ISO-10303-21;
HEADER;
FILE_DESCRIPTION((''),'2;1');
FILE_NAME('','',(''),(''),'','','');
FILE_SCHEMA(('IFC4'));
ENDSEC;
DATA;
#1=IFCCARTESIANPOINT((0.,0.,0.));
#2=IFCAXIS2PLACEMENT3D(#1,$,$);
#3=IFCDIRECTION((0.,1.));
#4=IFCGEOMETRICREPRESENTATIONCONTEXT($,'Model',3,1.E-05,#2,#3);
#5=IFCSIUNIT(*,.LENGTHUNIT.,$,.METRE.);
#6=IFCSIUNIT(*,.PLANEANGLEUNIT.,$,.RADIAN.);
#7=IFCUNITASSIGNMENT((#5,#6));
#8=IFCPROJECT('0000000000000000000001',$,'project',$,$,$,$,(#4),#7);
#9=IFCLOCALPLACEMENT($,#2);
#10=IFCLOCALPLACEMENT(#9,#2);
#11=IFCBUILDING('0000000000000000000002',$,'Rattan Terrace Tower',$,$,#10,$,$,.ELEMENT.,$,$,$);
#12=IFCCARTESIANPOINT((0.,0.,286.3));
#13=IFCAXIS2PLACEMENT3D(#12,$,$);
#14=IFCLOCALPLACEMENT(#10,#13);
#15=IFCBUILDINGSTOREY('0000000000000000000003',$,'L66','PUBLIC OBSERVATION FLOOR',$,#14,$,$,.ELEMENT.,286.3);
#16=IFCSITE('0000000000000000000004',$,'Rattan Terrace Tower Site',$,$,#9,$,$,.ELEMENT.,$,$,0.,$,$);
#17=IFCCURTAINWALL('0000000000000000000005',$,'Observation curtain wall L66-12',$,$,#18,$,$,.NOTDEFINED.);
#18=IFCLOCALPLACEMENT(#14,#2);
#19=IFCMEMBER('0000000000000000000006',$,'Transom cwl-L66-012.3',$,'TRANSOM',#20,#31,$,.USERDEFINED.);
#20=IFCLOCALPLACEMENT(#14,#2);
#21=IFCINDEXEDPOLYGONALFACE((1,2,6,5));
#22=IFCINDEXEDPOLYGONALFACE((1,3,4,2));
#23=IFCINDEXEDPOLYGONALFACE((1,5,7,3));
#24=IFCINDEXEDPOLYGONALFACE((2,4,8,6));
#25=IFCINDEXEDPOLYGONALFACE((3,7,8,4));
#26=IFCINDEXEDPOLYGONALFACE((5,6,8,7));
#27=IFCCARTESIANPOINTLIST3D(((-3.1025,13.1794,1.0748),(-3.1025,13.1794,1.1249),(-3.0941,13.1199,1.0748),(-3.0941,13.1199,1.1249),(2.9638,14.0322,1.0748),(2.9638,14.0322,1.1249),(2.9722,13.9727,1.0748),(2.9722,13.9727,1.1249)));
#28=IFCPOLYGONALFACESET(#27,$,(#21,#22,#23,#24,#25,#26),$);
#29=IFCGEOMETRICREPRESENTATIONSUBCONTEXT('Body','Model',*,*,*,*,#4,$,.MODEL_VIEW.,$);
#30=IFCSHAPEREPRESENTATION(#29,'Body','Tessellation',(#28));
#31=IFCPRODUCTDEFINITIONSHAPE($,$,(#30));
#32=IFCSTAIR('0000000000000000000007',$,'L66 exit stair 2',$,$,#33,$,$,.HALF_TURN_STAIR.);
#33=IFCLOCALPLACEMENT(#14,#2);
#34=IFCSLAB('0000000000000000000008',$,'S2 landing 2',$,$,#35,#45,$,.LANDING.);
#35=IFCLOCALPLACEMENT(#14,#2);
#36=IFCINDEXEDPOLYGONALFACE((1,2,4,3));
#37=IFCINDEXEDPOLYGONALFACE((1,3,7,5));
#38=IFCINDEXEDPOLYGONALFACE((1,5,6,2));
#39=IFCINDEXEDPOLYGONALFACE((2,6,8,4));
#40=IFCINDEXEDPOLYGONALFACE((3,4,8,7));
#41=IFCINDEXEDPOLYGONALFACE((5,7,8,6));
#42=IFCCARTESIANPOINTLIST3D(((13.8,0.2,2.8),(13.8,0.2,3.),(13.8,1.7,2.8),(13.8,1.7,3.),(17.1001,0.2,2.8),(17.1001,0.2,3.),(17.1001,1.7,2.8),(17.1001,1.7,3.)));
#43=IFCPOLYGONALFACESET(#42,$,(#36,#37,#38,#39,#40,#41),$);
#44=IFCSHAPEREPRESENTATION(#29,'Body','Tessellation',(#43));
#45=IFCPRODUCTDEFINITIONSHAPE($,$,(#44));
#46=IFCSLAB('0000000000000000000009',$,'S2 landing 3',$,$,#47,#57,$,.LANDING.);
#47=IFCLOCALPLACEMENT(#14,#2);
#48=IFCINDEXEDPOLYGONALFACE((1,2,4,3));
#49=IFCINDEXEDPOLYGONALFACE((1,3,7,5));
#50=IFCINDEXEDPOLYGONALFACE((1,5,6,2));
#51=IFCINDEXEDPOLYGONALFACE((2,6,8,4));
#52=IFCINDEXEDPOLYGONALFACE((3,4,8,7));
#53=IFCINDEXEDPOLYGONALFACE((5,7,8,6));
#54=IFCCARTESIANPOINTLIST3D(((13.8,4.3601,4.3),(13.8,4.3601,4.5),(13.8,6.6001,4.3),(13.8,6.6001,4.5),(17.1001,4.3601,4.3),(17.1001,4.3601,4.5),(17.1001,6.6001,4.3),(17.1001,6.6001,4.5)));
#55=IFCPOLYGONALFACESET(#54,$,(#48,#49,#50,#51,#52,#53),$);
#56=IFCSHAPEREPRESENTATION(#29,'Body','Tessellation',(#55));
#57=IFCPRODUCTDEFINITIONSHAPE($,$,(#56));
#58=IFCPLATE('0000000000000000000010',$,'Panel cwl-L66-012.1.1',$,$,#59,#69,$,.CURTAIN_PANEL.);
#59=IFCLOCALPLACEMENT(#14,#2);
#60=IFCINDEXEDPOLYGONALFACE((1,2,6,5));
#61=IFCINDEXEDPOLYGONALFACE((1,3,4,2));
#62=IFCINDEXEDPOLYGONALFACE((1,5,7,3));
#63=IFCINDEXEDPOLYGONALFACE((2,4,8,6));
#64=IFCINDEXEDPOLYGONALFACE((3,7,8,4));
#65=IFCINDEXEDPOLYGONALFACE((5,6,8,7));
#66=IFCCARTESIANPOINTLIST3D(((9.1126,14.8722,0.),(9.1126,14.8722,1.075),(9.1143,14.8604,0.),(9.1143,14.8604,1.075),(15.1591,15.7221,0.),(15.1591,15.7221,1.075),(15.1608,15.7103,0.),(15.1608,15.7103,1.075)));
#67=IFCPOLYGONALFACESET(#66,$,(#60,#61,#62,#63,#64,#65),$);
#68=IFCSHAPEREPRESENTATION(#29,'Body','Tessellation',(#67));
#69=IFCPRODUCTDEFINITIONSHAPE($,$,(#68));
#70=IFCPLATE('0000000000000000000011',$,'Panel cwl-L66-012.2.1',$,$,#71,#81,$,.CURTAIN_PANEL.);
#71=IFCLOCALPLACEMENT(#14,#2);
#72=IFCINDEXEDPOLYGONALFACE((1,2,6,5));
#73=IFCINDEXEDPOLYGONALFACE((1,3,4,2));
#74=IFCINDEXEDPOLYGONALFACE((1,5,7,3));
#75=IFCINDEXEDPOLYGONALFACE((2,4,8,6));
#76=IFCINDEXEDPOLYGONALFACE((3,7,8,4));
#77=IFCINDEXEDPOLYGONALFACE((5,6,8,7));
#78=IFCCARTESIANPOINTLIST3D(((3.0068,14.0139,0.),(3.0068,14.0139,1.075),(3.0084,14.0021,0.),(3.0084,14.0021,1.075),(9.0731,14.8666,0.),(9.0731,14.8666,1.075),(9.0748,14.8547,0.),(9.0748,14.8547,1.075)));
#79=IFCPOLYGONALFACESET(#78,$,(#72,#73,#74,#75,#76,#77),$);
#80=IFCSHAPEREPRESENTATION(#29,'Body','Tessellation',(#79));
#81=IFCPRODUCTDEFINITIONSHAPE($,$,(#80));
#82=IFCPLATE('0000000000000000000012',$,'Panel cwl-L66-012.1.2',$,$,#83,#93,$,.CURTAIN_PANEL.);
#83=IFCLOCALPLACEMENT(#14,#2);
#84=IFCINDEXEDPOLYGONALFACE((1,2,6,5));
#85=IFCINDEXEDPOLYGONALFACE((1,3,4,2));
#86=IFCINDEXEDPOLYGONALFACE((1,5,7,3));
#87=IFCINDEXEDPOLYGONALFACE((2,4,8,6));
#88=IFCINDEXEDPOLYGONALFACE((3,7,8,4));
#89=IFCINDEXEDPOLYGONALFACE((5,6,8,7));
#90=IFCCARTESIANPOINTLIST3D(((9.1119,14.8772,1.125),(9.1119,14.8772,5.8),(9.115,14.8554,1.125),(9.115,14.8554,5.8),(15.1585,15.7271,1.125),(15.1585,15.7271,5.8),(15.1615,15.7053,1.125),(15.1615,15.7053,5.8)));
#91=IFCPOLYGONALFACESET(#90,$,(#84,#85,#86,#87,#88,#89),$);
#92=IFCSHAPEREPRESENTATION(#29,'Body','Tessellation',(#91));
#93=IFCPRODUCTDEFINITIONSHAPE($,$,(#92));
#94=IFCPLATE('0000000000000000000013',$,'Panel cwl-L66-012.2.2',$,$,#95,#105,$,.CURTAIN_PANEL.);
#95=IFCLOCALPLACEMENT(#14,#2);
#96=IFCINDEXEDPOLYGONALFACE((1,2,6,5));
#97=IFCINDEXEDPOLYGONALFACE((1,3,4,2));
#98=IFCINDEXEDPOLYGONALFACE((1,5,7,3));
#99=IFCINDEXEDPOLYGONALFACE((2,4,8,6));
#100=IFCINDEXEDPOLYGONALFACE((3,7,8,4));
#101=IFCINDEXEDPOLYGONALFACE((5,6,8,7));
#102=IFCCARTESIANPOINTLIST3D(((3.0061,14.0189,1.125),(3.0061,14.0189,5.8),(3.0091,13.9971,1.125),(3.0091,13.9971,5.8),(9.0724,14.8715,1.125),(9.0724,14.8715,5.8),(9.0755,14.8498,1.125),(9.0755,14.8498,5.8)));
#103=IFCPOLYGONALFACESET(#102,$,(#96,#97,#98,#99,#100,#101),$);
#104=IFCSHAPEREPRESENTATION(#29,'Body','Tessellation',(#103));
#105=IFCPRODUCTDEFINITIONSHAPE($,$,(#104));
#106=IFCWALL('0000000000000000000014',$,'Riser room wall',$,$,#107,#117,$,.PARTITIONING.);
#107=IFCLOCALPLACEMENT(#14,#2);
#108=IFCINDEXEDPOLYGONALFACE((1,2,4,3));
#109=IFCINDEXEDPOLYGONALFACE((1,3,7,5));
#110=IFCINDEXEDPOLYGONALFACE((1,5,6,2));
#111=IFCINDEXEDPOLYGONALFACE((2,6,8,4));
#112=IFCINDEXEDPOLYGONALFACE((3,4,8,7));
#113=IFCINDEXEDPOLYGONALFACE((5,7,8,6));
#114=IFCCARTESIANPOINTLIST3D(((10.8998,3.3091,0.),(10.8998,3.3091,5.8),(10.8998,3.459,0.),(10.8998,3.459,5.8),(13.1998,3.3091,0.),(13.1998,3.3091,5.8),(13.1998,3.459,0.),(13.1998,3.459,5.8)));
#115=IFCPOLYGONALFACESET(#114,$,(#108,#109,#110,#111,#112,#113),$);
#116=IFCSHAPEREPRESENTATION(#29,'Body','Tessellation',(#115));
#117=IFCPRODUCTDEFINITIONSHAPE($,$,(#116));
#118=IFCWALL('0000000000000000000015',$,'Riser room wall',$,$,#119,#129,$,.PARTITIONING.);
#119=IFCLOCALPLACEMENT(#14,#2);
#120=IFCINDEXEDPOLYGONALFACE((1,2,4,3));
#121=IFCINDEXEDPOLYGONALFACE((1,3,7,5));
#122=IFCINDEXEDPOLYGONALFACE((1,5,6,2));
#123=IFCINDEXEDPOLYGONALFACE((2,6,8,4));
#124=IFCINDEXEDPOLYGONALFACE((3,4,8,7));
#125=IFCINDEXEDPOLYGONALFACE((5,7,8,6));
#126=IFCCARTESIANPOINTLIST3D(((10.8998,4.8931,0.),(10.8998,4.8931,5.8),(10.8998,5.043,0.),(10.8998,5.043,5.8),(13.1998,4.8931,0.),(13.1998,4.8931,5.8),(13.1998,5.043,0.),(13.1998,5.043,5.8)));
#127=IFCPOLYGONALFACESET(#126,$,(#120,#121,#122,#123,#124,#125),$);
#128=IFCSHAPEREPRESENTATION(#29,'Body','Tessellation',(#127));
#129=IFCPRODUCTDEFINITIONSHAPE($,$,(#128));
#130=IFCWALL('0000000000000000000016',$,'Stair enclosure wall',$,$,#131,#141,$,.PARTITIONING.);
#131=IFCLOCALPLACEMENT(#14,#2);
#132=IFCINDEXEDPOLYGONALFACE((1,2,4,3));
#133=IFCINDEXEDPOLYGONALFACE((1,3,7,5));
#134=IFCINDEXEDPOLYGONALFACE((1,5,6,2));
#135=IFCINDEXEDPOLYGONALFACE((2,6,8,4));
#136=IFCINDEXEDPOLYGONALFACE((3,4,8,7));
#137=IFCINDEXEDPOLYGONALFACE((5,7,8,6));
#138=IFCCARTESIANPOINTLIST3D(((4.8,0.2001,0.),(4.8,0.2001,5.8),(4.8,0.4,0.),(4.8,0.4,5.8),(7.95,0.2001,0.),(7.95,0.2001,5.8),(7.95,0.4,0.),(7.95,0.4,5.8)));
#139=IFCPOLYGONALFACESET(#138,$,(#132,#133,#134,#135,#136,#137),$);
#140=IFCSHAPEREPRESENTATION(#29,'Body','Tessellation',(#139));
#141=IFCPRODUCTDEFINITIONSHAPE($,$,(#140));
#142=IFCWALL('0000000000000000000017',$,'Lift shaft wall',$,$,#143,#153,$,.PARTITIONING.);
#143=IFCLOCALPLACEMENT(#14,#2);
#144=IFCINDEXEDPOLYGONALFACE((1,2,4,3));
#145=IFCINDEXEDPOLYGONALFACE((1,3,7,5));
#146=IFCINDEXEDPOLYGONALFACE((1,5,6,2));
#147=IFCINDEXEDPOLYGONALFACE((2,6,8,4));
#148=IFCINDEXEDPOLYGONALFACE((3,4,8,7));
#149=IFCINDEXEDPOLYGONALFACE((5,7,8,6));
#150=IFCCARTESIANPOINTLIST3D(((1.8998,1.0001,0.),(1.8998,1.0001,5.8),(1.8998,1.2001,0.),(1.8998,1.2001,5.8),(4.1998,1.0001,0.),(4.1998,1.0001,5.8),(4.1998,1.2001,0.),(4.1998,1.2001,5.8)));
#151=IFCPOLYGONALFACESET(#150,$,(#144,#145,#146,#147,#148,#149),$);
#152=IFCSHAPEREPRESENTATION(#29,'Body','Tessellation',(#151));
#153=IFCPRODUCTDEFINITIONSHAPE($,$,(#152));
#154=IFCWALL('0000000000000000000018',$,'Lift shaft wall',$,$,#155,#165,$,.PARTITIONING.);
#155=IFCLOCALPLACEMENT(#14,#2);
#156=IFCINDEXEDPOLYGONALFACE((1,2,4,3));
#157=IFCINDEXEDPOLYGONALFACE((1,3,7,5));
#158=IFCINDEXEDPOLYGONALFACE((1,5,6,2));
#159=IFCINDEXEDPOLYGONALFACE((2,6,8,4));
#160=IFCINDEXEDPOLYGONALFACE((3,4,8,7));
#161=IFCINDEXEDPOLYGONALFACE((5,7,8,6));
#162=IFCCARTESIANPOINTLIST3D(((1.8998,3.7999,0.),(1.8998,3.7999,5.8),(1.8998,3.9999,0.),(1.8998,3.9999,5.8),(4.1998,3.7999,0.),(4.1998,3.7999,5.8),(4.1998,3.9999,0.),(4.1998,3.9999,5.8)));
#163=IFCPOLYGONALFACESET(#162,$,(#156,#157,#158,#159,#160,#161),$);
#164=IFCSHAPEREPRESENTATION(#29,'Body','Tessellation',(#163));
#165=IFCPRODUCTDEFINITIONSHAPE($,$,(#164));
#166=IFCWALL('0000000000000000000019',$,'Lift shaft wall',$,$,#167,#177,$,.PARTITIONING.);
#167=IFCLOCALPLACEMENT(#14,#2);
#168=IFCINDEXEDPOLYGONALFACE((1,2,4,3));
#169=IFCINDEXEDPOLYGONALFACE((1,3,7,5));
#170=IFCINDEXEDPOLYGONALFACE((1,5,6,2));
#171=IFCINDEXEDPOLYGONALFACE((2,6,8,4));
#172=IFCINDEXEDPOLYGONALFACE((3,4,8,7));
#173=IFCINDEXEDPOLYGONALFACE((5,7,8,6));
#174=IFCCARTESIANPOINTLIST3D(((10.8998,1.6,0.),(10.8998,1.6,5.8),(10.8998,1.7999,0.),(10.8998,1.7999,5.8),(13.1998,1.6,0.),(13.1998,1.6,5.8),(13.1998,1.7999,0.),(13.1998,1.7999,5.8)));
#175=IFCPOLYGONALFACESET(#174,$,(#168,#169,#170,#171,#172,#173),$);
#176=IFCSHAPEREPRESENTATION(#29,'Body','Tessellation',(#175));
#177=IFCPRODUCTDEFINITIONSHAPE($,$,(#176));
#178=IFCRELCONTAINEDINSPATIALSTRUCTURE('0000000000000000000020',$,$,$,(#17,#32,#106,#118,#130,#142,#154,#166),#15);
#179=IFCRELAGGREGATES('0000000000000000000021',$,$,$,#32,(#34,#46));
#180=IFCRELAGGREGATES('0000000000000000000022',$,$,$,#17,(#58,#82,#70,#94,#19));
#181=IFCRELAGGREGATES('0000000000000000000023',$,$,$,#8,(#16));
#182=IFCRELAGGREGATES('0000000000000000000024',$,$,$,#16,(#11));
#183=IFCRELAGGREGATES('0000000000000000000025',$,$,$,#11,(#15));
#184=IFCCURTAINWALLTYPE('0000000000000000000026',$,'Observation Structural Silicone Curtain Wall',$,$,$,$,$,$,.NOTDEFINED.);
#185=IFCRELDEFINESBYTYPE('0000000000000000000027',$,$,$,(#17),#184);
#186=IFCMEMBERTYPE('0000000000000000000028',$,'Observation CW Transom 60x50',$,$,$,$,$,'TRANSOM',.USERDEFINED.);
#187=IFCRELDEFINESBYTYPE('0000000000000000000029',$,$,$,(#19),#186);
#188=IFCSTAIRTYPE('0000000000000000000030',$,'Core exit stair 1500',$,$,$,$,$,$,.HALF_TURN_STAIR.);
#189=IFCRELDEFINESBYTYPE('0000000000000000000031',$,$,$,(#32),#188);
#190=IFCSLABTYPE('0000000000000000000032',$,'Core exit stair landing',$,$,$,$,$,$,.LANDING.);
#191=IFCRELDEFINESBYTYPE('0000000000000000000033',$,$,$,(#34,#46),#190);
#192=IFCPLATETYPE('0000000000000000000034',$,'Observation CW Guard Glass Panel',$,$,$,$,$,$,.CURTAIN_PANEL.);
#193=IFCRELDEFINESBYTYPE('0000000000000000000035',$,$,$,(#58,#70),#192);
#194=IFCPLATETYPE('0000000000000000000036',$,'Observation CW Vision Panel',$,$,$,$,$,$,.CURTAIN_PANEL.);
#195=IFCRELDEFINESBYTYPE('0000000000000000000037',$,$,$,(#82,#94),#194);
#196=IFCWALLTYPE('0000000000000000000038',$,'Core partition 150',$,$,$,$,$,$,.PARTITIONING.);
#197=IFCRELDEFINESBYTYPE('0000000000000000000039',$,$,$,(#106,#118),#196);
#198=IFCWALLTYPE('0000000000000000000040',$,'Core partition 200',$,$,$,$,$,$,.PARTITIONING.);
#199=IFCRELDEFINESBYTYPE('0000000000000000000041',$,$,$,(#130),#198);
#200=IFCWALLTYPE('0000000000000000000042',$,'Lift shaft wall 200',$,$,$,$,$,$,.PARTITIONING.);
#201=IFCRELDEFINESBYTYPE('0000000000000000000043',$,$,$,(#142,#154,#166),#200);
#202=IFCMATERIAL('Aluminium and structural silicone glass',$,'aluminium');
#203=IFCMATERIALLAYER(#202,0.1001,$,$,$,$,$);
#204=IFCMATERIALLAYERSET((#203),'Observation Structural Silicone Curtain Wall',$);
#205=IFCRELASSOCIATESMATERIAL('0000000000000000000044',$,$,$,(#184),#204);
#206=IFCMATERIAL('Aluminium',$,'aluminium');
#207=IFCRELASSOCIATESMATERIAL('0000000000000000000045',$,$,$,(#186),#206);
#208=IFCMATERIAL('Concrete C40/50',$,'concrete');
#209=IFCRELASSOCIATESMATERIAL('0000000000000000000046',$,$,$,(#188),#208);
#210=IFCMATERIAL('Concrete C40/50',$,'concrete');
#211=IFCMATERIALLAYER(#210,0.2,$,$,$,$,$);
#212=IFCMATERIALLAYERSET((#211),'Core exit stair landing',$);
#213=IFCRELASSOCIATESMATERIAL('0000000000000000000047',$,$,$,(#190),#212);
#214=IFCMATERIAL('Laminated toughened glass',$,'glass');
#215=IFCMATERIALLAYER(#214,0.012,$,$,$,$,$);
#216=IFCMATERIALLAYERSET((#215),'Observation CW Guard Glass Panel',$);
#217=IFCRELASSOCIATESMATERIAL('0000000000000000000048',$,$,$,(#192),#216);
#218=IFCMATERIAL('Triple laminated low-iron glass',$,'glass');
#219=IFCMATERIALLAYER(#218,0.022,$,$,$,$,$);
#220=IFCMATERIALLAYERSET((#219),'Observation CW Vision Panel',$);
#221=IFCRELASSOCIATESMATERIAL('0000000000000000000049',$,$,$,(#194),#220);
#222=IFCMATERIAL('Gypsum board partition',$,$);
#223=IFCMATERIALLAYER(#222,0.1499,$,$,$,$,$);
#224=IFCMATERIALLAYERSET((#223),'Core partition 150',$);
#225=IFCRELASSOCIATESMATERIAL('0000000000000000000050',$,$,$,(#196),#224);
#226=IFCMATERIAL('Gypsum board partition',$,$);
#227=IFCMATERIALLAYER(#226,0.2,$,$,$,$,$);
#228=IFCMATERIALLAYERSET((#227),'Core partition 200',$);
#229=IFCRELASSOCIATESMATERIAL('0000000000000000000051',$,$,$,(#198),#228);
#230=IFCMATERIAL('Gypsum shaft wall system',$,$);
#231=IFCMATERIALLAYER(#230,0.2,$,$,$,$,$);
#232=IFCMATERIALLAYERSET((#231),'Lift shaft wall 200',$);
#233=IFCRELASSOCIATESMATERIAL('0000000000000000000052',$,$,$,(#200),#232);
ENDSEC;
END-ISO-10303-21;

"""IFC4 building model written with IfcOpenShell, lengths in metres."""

from ifc_helpers import new_model, si_unit, direction, frame, frame_2d, origin, origin_2d, place, context, subcontext, project, spatial, polyline, rectangle, outline, extrude, material, layer, layer_set, material_profile, profile_set, type_object, element, aggregate, save


model = new_model("IFC4")

# Units and contexts
model_context = context("Model", 3, precision=1e-05, world=origin(), true_north=direction((0.0, 1.0)))
body_context = subcontext(model_context, "Body", "Model", "MODEL_VIEW")
ifc_project = project(units=[si_unit("LENGTHUNIT", "METRE"), si_unit("PLANEANGLEUNIT", "RADIAN")], contexts=[model_context])

# Site, building, storey
site_placement = place(None, origin())
site = spatial("IfcSite", under=ifc_project, at=site_placement, Name="Rattan Terrace Tower Site", CompositionType="ELEMENT", RefElevation=0.0)
building_placement = place(site_placement, origin())
building = spatial("IfcBuilding", under=site, at=building_placement, Name="Rattan Terrace Tower", CompositionType="ELEMENT")
storey_placement = place(building_placement, frame((0.0, 0.0, 286.3)))
storey = spatial("IfcBuildingStorey", under=building, at=storey_placement, Name="L66", Description="PUBLIC OBSERVATION FLOOR", CompositionType="ELEMENT", Elevation=286.3)

# Curtain wall, member
ifc_material_1 = material(Name="Aluminium and structural silicone glass", Category="aluminium")
ifc_layer_1 = layer(ifc_material_1, 0.1001)
ifc_layer_set_1 = layer_set([ifc_layer_1], Name="Observation Structural Silicone Curtain Wall")
curtain_wall_type = type_object("IfcCurtainWallType", Name="Observation Structural Silicone Curtain Wall", PredefinedType="NOTDEFINED", material=ifc_layer_set_1)
curtain_wall_placement = place(storey_placement, origin())
curtain_wall = element("IfcCurtainWall", 1, at=curtain_wall_placement, inside=storey, type_object=curtain_wall_type, Name="Observation curtain wall L66-12", PredefinedType="NOTDEFINED")
ifc_material_2 = material(Name="Aluminium", Category="aluminium")
ifc_material_profile_1 = material_profile(ifc_material_2, rectangle(XDim=0.0601, YDim=0.05, at=origin_2d()), Name="Aluminium 60x50")
ifc_profile_set_1 = profile_set([ifc_material_profile_1], Name="Aluminium")
member_type_1 = type_object("IfcMemberType", Name="Observation CW Transom 60x50", ElementType="TRANSOM", PredefinedType="USERDEFINED", material=ifc_profile_set_1)
member_1_placement = place(storey_placement, frame((2.968, 14.0024, 1.0999), z_axis=(-0.990263, -0.139206, 0.0), x_axis=(0.139206, -0.990263, 0.0)))
member_1 = element("IfcMember", 2, at=member_1_placement, type_object=member_type_1, Name="Transom cwl-L66-012.3", ObjectType="TRANSOM", PredefinedType="USERDEFINED", context=body_context, shape_type="SweptSolid", body=[
    extrude(rectangle(XDim=0.0601, YDim=0.05, at=origin_2d()), origin(), (0.0, 0.0, 1.0), 6.126),
])

# Stair, slabs
ifc_material_3 = material(Name="Concrete C40/50", Category="concrete")
stair_type = type_object("IfcStairType", Name="Core exit stair 1500", PredefinedType="HALF_TURN_STAIR", material=ifc_material_3)
stair_placement = place(storey_placement, origin())
stair = element("IfcStair", 3, at=stair_placement, inside=storey, type_object=stair_type, Name="L66 exit stair 2", PredefinedType="HALF_TURN_STAIR")
ifc_material_4 = material(Name="Concrete C40/50", Category="concrete")
ifc_layer_2 = layer(ifc_material_4, 0.2)
ifc_layer_set_2 = layer_set([ifc_layer_2], Name="Core exit stair landing")
slab_type = type_object("IfcSlabType", Name="Core exit stair landing", PredefinedType="LANDING", material=ifc_layer_set_2)
slab_1_placement = place(storey_placement, frame((0.0, 0.0, 2.8)))
slab_1 = element("IfcSlab", 4, at=slab_1_placement, type_object=slab_type, Name="S2 landing 2", PredefinedType="LANDING", context=body_context, shape_type="SweptSolid", body=[
    extrude(outline(polyline([(17.1001, 0.2), (17.1001, 1.7), (13.8, 1.7), (13.8, 0.2), (17.1001, 0.2)])), origin(), (0.0, 0.0, 1.0), 0.2),
])
slab_2_placement = place(storey_placement, frame((0.0, 0.0, 4.3)))
slab_2 = element("IfcSlab", 5, at=slab_2_placement, type_object=slab_type, Name="S2 landing 3", PredefinedType="LANDING", context=body_context, shape_type="SweptSolid", body=[
    extrude(outline(polyline([(17.1001, 4.3601), (17.1001, 6.6001), (13.8, 6.6001), (13.8, 4.3601), (17.1001, 4.3601)])), origin(), (0.0, 0.0, 1.0), 0.2),
])
aggregate(stair, [slab_1, slab_2])

# Plates
ifc_material_5 = material(Name="Laminated toughened glass", Category="glass")
ifc_layer_3 = layer(ifc_material_5, 0.012)
ifc_layer_set_3 = layer_set([ifc_layer_3], Name="Observation CW Guard Glass Panel")
plate_type_1 = type_object("IfcPlateType", Name="Observation CW Guard Glass Panel", PredefinedType="CURTAIN_PANEL", material=ifc_layer_set_3)
plate_1_placement = place(storey_placement, frame((12.1367, 15.2913, 0.0), z_axis=(0.0, 0.0, 1.0), x_axis=(-0.990266, -0.139189, 0.0)))
plate_1 = element("IfcPlate", 6, at=plate_1_placement, type_object=plate_type_1, Name="Panel cwl-L66-012.1.1", PredefinedType="CURTAIN_PANEL", context=body_context, shape_type="SweptSolid", body=[
    extrude(rectangle(XDim=6.106, YDim=0.012, at=origin_2d()), origin(), (0.0, 0.0, 1.0), 1.075),
])
plate_2_placement = place(storey_placement, frame((6.0408, 14.4343, 0.0), z_axis=(0.0, 0.0, 1.0), x_axis=(-0.990266, -0.139189, 0.0)))
plate_2 = element("IfcPlate", 7, at=plate_2_placement, type_object=plate_type_1, Name="Panel cwl-L66-012.2.1", PredefinedType="CURTAIN_PANEL", context=body_context, shape_type="SweptSolid", body=[
    extrude(rectangle(XDim=6.126, YDim=0.012, at=origin_2d()), origin(), (0.0, 0.0, 1.0), 1.075),
])
ifc_material_6 = material(Name="Triple laminated low-iron glass", Category="glass")
ifc_layer_4 = layer(ifc_material_6, 0.022)
ifc_layer_set_4 = layer_set([ifc_layer_4], Name="Observation CW Vision Panel")
plate_type_2 = type_object("IfcPlateType", Name="Observation CW Vision Panel", PredefinedType="CURTAIN_PANEL", material=ifc_layer_set_4)
plate_3_placement = place(storey_placement, frame((12.1367, 15.2913, 1.125), z_axis=(0.0, 0.0, 1.0), x_axis=(-0.990266, -0.139189, 0.0)))
plate_3 = element("IfcPlate", 8, at=plate_3_placement, type_object=plate_type_2, Name="Panel cwl-L66-012.1.2", PredefinedType="CURTAIN_PANEL", context=body_context, shape_type="SweptSolid", body=[
    extrude(rectangle(XDim=6.106, YDim=0.022, at=origin_2d()), origin(), (0.0, 0.0, 1.0), 4.675),
])
plate_4_placement = place(storey_placement, frame((6.0408, 14.4343, 1.125), z_axis=(0.0, 0.0, 1.0), x_axis=(-0.990266, -0.139189, 0.0)))
plate_4 = element("IfcPlate", 9, at=plate_4_placement, type_object=plate_type_2, Name="Panel cwl-L66-012.2.2", PredefinedType="CURTAIN_PANEL", context=body_context, shape_type="SweptSolid", body=[
    extrude(rectangle(XDim=6.126, YDim=0.022, at=origin_2d()), origin(), (0.0, 0.0, 1.0), 4.675),
])
aggregate(curtain_wall, [plate_1, plate_3, plate_2, plate_4, member_1])

# Walls
ifc_material_7 = material(Name="Gypsum board partition")
ifc_layer_5 = layer(ifc_material_7, 0.1499)
ifc_layer_set_5 = layer_set([ifc_layer_5], Name="Core partition 150")
wall_type_1 = type_object("IfcWallType", Name="Core partition 150", PredefinedType="PARTITIONING", material=ifc_layer_set_5)
for number, where, z_axis, x_axis, name in (
    (10, (10.8999, 3.384, 0.0), (0.0, 0.0, 1.0), (1.0, 0.0, 0.0), "Riser room wall"),
    (11, (10.8999, 4.968, 0.0), (0.0, 0.0, 1.0), (1.0, 0.0, 0.0), "Riser room wall"),
):
    element("IfcWall", number, at=place(storey_placement, frame(where, z_axis=z_axis, x_axis=x_axis)), inside=storey, type_object=wall_type_1, Name=name, PredefinedType="PARTITIONING", context=body_context, shape_type="SweptSolid", body=[
        extrude(rectangle(XDim=2.3, YDim=0.1499, at=frame_2d((1.1499, 0.0))), origin(), (0.0, 0.0, 1.0), 5.8),
    ])
ifc_material_8 = material(Name="Gypsum board partition")
ifc_layer_6 = layer(ifc_material_8, 0.2)
ifc_layer_set_6 = layer_set([ifc_layer_6], Name="Core partition 200")
wall_type_2 = type_object("IfcWallType", Name="Core partition 200", PredefinedType="PARTITIONING", material=ifc_layer_set_6)
wall_placement = place(storey_placement, frame((4.8, 0.3, 0.0), z_axis=(0.0, 0.0, 1.0), x_axis=(1.0, 0.0, 0.0)))
element("IfcWall", 12, at=wall_placement, inside=storey, type_object=wall_type_2, Name="Stair enclosure wall", PredefinedType="PARTITIONING", context=body_context, shape_type="SweptSolid", body=[
    extrude(rectangle(XDim=3.1499, YDim=0.2, at=frame_2d((1.575, 0.0))), origin(), (0.0, 0.0, 1.0), 5.8),
])
ifc_material_9 = material(Name="Gypsum shaft wall system")
ifc_layer_7 = layer(ifc_material_9, 0.2)
ifc_layer_set_7 = layer_set([ifc_layer_7], Name="Lift shaft wall 200")
wall_type_3 = type_object("IfcWallType", Name="Lift shaft wall 200", PredefinedType="PARTITIONING", material=ifc_layer_set_7)
for number, where, z_axis, x_axis, name in (
    (13, (1.8999, 1.1001, 0.0), (0.0, 0.0, 1.0), (1.0, 0.0, 0.0), "Lift shaft wall"),
    (14, (1.8999, 3.8999, 0.0), (0.0, 0.0, 1.0), (1.0, 0.0, 0.0), "Lift shaft wall"),
    (15, (10.8999, 1.7, 0.0), (0.0, 0.0, 1.0), (1.0, 0.0, 0.0), "Lift shaft wall"),
):
    element("IfcWall", number, at=place(storey_placement, frame(where, z_axis=z_axis, x_axis=x_axis)), inside=storey, type_object=wall_type_3, Name=name, PredefinedType="PARTITIONING", context=body_context, shape_type="SweptSolid", body=[
        extrude(rectangle(XDim=2.3, YDim=0.2, at=frame_2d((1.1499, 0.0))), origin(), (0.0, 0.0, 1.0), 5.8),
    ])

save(model, "model.ifc")
